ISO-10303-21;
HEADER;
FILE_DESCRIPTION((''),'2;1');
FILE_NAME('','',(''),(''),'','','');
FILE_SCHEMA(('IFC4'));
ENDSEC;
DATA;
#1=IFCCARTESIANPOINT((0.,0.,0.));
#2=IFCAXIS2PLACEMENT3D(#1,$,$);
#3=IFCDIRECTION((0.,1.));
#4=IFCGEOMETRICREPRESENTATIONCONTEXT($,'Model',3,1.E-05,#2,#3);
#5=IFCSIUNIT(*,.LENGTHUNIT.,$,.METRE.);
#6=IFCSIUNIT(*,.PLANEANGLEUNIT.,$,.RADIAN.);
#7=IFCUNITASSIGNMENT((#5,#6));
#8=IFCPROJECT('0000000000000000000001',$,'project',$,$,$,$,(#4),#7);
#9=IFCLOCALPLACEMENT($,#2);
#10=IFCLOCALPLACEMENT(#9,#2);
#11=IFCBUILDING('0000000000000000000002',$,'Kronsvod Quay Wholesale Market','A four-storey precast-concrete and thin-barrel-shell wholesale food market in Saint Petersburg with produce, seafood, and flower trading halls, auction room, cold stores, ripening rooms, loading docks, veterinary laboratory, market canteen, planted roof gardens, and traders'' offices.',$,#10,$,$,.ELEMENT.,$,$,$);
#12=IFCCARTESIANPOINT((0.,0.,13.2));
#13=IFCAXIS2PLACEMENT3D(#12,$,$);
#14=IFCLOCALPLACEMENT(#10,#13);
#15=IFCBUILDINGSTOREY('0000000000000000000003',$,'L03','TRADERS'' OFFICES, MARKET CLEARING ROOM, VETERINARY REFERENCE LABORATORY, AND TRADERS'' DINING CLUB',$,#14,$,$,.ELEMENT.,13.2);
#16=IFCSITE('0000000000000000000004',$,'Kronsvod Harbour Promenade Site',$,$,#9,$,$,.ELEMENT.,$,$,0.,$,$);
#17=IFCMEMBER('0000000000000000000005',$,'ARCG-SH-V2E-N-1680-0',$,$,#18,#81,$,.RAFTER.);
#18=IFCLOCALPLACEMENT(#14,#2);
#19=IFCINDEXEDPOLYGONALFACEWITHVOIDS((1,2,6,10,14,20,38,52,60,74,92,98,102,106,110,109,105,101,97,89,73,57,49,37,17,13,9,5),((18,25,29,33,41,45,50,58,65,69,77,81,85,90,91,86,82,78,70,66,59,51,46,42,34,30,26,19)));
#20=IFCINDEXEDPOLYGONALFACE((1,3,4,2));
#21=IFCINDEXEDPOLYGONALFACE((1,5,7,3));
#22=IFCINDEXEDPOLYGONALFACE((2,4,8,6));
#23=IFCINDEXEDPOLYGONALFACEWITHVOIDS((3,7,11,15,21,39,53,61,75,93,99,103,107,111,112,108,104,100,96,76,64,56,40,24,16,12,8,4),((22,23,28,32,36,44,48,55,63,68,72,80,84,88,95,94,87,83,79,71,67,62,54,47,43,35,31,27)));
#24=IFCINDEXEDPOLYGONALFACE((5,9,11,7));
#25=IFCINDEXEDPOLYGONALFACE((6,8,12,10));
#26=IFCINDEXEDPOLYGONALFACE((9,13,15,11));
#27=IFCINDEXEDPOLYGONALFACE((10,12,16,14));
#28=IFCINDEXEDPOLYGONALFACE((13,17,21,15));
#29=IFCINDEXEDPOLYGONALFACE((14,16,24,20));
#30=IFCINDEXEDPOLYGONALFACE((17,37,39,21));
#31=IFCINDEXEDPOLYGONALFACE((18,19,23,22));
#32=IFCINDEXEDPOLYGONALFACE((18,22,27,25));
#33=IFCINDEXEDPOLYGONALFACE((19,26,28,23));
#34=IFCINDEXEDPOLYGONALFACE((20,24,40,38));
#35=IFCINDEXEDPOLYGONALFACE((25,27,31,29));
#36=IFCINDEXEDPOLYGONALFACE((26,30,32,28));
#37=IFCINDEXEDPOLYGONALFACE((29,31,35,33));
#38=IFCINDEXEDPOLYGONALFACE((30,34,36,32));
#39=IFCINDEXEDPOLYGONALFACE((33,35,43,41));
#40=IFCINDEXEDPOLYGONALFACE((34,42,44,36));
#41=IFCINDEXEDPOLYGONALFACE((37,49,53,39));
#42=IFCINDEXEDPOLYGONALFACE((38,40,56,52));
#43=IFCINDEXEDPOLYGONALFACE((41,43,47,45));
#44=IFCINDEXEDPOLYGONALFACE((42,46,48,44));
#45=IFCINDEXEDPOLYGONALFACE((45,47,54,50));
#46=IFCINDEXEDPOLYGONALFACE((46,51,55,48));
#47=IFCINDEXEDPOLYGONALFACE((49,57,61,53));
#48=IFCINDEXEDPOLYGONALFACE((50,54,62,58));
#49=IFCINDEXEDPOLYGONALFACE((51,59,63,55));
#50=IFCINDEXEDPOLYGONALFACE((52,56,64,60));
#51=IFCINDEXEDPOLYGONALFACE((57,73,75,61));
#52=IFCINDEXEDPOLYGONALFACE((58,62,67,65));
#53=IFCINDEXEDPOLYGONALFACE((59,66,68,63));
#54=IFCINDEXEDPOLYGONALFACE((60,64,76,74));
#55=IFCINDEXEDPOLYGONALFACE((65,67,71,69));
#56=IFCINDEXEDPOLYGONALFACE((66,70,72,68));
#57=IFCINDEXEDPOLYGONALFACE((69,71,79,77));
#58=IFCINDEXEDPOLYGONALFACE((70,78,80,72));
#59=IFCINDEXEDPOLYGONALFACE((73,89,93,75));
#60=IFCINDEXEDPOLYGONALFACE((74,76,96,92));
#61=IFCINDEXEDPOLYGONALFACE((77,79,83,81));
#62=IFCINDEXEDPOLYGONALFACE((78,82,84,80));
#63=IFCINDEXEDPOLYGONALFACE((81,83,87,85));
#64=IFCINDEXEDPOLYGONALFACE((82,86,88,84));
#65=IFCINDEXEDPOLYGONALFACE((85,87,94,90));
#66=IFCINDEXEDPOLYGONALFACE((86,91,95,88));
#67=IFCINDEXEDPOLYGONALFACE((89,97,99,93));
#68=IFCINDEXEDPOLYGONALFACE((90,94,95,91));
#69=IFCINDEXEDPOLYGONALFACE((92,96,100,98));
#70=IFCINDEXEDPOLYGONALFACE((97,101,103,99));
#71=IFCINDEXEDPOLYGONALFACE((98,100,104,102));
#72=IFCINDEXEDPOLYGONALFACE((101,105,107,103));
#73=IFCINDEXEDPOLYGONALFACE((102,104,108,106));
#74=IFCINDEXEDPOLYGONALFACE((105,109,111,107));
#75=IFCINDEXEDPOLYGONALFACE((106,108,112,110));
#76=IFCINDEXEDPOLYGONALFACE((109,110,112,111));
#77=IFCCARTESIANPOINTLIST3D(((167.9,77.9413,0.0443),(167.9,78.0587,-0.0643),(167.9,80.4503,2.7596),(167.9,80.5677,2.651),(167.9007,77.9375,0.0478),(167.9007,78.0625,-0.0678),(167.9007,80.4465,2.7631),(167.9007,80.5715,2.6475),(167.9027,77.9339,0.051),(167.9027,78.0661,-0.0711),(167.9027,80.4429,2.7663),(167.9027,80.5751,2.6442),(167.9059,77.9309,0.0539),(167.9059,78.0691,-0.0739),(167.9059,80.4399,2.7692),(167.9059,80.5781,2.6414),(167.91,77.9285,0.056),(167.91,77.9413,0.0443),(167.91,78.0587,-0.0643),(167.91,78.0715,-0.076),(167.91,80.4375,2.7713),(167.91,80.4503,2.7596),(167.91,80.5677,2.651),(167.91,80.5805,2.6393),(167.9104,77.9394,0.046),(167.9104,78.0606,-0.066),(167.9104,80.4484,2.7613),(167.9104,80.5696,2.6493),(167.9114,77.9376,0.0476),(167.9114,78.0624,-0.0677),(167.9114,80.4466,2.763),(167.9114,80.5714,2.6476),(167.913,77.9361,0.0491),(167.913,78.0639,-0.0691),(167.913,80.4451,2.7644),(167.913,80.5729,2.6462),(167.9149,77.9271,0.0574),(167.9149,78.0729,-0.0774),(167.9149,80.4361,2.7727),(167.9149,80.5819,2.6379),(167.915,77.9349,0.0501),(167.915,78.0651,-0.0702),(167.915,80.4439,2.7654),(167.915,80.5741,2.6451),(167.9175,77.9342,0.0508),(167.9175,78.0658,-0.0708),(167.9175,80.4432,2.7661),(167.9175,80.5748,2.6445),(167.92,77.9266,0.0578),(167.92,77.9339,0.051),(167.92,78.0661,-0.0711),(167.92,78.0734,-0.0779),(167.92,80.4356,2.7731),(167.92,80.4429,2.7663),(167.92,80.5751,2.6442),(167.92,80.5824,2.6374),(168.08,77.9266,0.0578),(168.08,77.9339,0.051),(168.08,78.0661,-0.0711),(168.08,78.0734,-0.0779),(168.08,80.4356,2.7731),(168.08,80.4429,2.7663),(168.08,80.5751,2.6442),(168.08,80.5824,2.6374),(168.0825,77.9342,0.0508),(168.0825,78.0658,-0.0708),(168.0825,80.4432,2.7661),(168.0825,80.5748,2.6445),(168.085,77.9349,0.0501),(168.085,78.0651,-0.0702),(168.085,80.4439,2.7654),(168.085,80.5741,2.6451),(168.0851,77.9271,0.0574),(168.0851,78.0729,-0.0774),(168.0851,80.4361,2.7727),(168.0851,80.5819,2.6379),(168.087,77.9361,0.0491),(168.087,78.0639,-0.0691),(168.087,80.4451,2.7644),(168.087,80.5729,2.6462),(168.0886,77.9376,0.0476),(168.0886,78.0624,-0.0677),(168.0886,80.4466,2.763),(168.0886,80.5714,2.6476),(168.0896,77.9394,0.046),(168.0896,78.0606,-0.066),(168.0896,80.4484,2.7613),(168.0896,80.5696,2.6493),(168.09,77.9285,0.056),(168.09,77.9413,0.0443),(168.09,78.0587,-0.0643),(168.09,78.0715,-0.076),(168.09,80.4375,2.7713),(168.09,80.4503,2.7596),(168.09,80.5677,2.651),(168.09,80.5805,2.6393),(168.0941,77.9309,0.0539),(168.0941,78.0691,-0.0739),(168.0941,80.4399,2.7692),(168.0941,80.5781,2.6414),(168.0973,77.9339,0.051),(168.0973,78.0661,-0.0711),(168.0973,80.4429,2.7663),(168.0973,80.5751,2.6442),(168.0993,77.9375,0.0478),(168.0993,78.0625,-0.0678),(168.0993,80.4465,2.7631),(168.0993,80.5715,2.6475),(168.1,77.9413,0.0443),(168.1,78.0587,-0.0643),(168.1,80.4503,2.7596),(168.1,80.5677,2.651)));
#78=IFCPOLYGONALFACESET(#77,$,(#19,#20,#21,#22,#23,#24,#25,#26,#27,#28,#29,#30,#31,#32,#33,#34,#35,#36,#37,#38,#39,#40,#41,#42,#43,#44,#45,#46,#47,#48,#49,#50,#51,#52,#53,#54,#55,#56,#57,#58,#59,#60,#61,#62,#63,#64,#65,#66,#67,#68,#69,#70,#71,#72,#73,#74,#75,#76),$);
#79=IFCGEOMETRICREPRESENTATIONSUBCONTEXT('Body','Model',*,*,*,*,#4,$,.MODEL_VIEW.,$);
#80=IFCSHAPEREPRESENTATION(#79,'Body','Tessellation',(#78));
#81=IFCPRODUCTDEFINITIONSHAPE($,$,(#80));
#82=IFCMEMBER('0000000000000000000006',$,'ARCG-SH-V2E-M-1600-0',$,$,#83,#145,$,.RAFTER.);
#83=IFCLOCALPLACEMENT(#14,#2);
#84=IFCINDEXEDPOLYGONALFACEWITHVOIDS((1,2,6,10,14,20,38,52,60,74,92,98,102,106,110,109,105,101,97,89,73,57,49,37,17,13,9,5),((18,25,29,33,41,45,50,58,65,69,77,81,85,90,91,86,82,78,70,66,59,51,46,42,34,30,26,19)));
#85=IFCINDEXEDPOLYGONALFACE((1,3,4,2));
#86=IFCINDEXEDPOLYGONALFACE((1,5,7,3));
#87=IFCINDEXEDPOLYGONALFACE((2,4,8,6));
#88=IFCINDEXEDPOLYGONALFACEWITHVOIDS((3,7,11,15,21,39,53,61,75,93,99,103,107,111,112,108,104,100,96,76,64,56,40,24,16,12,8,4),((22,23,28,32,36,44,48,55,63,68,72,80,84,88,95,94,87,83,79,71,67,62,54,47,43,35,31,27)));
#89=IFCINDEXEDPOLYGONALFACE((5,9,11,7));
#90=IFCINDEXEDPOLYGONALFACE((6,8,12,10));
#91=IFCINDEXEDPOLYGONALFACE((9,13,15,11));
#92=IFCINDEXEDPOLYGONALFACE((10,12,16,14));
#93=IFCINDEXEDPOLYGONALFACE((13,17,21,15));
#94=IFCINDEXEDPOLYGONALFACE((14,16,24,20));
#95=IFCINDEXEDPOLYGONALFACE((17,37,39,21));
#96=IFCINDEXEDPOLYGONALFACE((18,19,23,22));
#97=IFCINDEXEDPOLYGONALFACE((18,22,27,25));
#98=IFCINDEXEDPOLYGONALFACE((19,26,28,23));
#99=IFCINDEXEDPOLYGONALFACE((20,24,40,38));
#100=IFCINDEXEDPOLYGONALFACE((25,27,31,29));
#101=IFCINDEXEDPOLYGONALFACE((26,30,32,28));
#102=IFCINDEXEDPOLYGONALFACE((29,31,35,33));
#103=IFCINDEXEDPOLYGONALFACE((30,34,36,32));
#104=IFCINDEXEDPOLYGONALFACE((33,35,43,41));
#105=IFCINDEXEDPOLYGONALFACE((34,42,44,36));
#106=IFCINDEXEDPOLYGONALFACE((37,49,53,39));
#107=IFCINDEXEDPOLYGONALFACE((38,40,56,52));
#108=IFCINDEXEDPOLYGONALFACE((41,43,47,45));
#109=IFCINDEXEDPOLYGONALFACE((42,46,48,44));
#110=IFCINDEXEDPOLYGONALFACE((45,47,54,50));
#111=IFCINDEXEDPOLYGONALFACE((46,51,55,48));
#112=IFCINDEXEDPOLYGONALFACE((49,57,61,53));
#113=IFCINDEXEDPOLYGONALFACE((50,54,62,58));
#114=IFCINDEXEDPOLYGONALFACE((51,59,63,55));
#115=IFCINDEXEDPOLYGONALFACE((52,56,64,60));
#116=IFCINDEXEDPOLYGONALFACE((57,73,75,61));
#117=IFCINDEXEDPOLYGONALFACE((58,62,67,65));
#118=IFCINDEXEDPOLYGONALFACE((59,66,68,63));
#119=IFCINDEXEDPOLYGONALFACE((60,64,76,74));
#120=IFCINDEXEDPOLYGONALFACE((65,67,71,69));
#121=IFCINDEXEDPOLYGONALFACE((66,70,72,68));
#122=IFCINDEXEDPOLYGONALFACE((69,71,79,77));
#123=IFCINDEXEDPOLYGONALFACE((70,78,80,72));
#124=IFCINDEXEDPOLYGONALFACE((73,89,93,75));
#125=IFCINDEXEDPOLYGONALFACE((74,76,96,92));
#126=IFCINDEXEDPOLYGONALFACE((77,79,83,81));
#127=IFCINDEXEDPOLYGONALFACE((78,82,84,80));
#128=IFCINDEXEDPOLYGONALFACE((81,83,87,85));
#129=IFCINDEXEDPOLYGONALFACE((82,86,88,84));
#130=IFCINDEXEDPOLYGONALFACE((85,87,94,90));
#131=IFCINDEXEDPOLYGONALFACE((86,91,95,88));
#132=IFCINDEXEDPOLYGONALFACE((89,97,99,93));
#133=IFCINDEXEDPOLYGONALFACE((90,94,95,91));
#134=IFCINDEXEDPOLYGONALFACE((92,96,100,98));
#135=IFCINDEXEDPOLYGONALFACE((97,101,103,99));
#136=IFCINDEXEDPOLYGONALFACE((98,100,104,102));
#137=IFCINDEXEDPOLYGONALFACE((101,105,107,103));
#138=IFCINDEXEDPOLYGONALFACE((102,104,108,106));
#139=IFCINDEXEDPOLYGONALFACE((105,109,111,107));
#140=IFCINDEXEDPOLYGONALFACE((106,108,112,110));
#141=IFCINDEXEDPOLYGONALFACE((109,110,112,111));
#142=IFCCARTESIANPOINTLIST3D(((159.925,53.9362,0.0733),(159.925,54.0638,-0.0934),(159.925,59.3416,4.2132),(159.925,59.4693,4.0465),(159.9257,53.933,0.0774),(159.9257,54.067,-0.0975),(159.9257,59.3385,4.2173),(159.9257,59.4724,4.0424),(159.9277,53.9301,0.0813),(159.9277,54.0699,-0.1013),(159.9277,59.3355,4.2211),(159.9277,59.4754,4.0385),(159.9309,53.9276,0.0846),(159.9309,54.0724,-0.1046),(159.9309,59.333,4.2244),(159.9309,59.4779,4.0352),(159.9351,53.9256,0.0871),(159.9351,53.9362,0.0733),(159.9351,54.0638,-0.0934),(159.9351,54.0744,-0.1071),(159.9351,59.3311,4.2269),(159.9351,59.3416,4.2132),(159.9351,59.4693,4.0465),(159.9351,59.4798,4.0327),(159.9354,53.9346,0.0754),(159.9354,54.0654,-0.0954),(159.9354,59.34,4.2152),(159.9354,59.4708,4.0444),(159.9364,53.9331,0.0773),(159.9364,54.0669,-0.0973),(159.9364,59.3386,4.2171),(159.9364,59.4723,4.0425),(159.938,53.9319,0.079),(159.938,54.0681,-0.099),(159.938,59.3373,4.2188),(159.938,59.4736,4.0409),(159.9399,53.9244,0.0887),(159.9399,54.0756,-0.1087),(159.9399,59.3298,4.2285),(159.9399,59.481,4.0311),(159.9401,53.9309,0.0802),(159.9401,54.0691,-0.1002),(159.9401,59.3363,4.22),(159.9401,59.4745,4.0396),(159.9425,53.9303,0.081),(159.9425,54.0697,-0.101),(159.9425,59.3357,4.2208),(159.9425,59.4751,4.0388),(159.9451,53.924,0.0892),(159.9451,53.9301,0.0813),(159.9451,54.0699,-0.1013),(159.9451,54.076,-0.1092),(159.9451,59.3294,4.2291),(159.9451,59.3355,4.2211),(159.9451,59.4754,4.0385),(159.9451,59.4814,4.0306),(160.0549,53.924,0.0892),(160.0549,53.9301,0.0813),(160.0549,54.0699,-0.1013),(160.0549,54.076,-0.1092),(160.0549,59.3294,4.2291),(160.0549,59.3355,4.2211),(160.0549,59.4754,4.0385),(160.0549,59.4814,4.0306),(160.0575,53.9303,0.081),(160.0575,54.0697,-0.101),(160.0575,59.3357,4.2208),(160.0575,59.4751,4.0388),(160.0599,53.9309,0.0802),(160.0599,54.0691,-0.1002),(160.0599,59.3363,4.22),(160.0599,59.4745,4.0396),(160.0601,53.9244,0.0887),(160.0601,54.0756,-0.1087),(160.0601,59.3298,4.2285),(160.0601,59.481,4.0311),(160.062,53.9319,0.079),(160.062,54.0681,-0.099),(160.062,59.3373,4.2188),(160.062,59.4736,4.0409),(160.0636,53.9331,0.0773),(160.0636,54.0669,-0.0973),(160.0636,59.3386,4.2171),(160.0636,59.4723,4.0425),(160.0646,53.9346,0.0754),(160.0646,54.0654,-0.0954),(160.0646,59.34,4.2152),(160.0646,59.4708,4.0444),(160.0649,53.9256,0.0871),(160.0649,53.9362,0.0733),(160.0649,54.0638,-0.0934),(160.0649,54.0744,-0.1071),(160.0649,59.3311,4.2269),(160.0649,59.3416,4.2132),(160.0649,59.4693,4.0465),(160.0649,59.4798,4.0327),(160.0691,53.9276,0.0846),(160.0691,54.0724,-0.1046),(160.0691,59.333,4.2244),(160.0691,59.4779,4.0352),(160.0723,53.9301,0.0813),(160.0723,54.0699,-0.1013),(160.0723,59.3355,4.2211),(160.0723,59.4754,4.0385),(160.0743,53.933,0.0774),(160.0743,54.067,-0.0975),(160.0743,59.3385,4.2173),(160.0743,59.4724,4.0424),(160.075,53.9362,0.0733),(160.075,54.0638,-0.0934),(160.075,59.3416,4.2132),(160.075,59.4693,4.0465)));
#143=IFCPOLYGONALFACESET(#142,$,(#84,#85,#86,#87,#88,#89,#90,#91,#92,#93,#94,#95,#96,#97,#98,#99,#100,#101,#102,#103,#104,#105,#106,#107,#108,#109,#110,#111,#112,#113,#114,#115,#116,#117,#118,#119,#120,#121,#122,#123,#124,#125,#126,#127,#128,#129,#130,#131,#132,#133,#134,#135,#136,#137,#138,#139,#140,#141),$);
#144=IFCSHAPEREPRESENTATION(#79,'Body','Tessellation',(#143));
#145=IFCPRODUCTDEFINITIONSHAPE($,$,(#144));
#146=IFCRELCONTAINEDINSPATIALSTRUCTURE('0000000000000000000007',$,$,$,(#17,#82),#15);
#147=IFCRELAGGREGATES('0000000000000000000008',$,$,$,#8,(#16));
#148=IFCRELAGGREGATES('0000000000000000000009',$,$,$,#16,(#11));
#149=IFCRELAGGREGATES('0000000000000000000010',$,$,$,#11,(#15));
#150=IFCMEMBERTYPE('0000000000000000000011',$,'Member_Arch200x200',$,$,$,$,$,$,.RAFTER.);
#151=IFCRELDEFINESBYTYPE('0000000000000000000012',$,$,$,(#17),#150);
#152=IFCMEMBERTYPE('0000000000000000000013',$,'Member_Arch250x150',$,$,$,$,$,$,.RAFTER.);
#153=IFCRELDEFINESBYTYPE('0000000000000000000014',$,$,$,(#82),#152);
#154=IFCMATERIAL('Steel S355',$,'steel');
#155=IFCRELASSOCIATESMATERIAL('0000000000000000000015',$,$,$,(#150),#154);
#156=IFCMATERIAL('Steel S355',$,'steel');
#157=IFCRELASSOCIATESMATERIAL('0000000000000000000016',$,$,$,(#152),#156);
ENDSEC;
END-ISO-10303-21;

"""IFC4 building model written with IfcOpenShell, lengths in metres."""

from ifc_helpers import new_model, si_unit, direction, frame, origin, origin_2d, place, context, subcontext, project, spatial, hollow_rectangle, extrude, material, material_profile, profile_set, type_object, element, save


model = new_model("IFC4")

# Units and contexts
model_context = context("Model", 3, precision=1e-05, world=origin(), true_north=direction((0.0, 1.0)))
body_context = subcontext(model_context, "Body", "Model", "MODEL_VIEW")
ifc_project = project(units=[si_unit("LENGTHUNIT", "METRE"), si_unit("PLANEANGLEUNIT", "RADIAN")], contexts=[model_context])

# Site, building, storey
site_placement = place(None, origin())
site = spatial("IfcSite", under=ifc_project, at=site_placement, Name="Kronsvod Harbour Promenade Site", CompositionType="ELEMENT", RefElevation=0.0)
building_placement = place(site_placement, origin())
building = spatial("IfcBuilding", under=site, at=building_placement, Name="Kronsvod Quay Wholesale Market", Description="A four-storey precast-concrete and thin-barrel-shell wholesale food market in Saint Petersburg with produce, seafood, and flower trading halls, auction room, cold stores, ripening rooms, loading docks, veterinary laboratory, market canteen, planted roof gardens, and traders' offices.", CompositionType="ELEMENT")
storey_placement = place(building_placement, frame((0.0, 0.0, 13.2)))
storey = spatial("IfcBuildingStorey", under=building, at=storey_placement, Name="L03", Description="TRADERS' OFFICES, MARKET CLEARING ROOM, VETERINARY REFERENCE LABORATORY, AND TRADERS' DINING CLUB", CompositionType="ELEMENT", Elevation=13.2)

# Members
ifc_material_1 = material(Name="Steel S355", Category="steel")
ifc_material_profile_1 = material_profile(ifc_material_1, hollow_rectangle(XDim=0.2, YDim=0.2, WallThickness=0.01, InnerFilletRadius=0.01, OuterFilletRadius=0.02, at=origin_2d()), Name="RHS200x200x10")
ifc_profile_set_1 = profile_set([ifc_material_profile_1], Name="Steel S355")
member_type_1 = type_object("IfcMemberType", Name="Member_Arch200x200", PredefinedType="RAFTER", material=ifc_profile_set_1)
for number, where, z_axis, x_axis, name in (
    (1, (168.0, 78.0, -0.01), (0.0, 0.678656, 0.734456), (-1.0, 0.0, 0.0), "ARCG-SH-V2E-N-1680-0"),
):
    element("IfcMember", number, at=place(storey_placement, frame(where, z_axis=z_axis, x_axis=x_axis)), inside=storey, type_object=member_type_1, Name=name, PredefinedType="RAFTER", context=body_context, shape_type="SweptSolid", body=[
        extrude(hollow_rectangle(XDim=0.2, YDim=0.2, WallThickness=0.01, InnerFilletRadius=0.01, OuterFilletRadius=0.02, at=origin_2d()), origin(), (0.0, 0.0, 1.0), 3.697),
    ])
ifc_material_2 = material(Name="Steel S355", Category="steel")
ifc_material_profile_2 = material_profile(ifc_material_2, hollow_rectangle(XDim=0.1499, YDim=0.25, WallThickness=0.01, InnerFilletRadius=0.01, OuterFilletRadius=0.02, at=origin_2d()), Name="RHS250x150x10")
ifc_profile_set_2 = profile_set([ifc_material_profile_2], Name="Steel S355")
member_type_2 = type_object("IfcMemberType", Name="Member_Arch250x150", PredefinedType="RAFTER", material=ifc_profile_set_2)
member_1_placement = place(storey_placement, frame((160.0, 54.0, -0.01), z_axis=(0.0, 0.793914, 0.60803), x_axis=(-1.0, 0.0, 0.0)))
element("IfcMember", 2, at=member_1_placement, inside=storey, type_object=member_type_2, Name="ARCG-SH-V2E-M-1600-0", PredefinedType="RAFTER", context=body_context, shape_type="SweptSolid", body=[
    extrude(hollow_rectangle(XDim=0.1499, YDim=0.25, WallThickness=0.01, InnerFilletRadius=0.01, OuterFilletRadius=0.02, at=origin_2d()), origin(), (0.0, 0.0, 1.0), 6.8086),
])

save(model, "model.ifc")
